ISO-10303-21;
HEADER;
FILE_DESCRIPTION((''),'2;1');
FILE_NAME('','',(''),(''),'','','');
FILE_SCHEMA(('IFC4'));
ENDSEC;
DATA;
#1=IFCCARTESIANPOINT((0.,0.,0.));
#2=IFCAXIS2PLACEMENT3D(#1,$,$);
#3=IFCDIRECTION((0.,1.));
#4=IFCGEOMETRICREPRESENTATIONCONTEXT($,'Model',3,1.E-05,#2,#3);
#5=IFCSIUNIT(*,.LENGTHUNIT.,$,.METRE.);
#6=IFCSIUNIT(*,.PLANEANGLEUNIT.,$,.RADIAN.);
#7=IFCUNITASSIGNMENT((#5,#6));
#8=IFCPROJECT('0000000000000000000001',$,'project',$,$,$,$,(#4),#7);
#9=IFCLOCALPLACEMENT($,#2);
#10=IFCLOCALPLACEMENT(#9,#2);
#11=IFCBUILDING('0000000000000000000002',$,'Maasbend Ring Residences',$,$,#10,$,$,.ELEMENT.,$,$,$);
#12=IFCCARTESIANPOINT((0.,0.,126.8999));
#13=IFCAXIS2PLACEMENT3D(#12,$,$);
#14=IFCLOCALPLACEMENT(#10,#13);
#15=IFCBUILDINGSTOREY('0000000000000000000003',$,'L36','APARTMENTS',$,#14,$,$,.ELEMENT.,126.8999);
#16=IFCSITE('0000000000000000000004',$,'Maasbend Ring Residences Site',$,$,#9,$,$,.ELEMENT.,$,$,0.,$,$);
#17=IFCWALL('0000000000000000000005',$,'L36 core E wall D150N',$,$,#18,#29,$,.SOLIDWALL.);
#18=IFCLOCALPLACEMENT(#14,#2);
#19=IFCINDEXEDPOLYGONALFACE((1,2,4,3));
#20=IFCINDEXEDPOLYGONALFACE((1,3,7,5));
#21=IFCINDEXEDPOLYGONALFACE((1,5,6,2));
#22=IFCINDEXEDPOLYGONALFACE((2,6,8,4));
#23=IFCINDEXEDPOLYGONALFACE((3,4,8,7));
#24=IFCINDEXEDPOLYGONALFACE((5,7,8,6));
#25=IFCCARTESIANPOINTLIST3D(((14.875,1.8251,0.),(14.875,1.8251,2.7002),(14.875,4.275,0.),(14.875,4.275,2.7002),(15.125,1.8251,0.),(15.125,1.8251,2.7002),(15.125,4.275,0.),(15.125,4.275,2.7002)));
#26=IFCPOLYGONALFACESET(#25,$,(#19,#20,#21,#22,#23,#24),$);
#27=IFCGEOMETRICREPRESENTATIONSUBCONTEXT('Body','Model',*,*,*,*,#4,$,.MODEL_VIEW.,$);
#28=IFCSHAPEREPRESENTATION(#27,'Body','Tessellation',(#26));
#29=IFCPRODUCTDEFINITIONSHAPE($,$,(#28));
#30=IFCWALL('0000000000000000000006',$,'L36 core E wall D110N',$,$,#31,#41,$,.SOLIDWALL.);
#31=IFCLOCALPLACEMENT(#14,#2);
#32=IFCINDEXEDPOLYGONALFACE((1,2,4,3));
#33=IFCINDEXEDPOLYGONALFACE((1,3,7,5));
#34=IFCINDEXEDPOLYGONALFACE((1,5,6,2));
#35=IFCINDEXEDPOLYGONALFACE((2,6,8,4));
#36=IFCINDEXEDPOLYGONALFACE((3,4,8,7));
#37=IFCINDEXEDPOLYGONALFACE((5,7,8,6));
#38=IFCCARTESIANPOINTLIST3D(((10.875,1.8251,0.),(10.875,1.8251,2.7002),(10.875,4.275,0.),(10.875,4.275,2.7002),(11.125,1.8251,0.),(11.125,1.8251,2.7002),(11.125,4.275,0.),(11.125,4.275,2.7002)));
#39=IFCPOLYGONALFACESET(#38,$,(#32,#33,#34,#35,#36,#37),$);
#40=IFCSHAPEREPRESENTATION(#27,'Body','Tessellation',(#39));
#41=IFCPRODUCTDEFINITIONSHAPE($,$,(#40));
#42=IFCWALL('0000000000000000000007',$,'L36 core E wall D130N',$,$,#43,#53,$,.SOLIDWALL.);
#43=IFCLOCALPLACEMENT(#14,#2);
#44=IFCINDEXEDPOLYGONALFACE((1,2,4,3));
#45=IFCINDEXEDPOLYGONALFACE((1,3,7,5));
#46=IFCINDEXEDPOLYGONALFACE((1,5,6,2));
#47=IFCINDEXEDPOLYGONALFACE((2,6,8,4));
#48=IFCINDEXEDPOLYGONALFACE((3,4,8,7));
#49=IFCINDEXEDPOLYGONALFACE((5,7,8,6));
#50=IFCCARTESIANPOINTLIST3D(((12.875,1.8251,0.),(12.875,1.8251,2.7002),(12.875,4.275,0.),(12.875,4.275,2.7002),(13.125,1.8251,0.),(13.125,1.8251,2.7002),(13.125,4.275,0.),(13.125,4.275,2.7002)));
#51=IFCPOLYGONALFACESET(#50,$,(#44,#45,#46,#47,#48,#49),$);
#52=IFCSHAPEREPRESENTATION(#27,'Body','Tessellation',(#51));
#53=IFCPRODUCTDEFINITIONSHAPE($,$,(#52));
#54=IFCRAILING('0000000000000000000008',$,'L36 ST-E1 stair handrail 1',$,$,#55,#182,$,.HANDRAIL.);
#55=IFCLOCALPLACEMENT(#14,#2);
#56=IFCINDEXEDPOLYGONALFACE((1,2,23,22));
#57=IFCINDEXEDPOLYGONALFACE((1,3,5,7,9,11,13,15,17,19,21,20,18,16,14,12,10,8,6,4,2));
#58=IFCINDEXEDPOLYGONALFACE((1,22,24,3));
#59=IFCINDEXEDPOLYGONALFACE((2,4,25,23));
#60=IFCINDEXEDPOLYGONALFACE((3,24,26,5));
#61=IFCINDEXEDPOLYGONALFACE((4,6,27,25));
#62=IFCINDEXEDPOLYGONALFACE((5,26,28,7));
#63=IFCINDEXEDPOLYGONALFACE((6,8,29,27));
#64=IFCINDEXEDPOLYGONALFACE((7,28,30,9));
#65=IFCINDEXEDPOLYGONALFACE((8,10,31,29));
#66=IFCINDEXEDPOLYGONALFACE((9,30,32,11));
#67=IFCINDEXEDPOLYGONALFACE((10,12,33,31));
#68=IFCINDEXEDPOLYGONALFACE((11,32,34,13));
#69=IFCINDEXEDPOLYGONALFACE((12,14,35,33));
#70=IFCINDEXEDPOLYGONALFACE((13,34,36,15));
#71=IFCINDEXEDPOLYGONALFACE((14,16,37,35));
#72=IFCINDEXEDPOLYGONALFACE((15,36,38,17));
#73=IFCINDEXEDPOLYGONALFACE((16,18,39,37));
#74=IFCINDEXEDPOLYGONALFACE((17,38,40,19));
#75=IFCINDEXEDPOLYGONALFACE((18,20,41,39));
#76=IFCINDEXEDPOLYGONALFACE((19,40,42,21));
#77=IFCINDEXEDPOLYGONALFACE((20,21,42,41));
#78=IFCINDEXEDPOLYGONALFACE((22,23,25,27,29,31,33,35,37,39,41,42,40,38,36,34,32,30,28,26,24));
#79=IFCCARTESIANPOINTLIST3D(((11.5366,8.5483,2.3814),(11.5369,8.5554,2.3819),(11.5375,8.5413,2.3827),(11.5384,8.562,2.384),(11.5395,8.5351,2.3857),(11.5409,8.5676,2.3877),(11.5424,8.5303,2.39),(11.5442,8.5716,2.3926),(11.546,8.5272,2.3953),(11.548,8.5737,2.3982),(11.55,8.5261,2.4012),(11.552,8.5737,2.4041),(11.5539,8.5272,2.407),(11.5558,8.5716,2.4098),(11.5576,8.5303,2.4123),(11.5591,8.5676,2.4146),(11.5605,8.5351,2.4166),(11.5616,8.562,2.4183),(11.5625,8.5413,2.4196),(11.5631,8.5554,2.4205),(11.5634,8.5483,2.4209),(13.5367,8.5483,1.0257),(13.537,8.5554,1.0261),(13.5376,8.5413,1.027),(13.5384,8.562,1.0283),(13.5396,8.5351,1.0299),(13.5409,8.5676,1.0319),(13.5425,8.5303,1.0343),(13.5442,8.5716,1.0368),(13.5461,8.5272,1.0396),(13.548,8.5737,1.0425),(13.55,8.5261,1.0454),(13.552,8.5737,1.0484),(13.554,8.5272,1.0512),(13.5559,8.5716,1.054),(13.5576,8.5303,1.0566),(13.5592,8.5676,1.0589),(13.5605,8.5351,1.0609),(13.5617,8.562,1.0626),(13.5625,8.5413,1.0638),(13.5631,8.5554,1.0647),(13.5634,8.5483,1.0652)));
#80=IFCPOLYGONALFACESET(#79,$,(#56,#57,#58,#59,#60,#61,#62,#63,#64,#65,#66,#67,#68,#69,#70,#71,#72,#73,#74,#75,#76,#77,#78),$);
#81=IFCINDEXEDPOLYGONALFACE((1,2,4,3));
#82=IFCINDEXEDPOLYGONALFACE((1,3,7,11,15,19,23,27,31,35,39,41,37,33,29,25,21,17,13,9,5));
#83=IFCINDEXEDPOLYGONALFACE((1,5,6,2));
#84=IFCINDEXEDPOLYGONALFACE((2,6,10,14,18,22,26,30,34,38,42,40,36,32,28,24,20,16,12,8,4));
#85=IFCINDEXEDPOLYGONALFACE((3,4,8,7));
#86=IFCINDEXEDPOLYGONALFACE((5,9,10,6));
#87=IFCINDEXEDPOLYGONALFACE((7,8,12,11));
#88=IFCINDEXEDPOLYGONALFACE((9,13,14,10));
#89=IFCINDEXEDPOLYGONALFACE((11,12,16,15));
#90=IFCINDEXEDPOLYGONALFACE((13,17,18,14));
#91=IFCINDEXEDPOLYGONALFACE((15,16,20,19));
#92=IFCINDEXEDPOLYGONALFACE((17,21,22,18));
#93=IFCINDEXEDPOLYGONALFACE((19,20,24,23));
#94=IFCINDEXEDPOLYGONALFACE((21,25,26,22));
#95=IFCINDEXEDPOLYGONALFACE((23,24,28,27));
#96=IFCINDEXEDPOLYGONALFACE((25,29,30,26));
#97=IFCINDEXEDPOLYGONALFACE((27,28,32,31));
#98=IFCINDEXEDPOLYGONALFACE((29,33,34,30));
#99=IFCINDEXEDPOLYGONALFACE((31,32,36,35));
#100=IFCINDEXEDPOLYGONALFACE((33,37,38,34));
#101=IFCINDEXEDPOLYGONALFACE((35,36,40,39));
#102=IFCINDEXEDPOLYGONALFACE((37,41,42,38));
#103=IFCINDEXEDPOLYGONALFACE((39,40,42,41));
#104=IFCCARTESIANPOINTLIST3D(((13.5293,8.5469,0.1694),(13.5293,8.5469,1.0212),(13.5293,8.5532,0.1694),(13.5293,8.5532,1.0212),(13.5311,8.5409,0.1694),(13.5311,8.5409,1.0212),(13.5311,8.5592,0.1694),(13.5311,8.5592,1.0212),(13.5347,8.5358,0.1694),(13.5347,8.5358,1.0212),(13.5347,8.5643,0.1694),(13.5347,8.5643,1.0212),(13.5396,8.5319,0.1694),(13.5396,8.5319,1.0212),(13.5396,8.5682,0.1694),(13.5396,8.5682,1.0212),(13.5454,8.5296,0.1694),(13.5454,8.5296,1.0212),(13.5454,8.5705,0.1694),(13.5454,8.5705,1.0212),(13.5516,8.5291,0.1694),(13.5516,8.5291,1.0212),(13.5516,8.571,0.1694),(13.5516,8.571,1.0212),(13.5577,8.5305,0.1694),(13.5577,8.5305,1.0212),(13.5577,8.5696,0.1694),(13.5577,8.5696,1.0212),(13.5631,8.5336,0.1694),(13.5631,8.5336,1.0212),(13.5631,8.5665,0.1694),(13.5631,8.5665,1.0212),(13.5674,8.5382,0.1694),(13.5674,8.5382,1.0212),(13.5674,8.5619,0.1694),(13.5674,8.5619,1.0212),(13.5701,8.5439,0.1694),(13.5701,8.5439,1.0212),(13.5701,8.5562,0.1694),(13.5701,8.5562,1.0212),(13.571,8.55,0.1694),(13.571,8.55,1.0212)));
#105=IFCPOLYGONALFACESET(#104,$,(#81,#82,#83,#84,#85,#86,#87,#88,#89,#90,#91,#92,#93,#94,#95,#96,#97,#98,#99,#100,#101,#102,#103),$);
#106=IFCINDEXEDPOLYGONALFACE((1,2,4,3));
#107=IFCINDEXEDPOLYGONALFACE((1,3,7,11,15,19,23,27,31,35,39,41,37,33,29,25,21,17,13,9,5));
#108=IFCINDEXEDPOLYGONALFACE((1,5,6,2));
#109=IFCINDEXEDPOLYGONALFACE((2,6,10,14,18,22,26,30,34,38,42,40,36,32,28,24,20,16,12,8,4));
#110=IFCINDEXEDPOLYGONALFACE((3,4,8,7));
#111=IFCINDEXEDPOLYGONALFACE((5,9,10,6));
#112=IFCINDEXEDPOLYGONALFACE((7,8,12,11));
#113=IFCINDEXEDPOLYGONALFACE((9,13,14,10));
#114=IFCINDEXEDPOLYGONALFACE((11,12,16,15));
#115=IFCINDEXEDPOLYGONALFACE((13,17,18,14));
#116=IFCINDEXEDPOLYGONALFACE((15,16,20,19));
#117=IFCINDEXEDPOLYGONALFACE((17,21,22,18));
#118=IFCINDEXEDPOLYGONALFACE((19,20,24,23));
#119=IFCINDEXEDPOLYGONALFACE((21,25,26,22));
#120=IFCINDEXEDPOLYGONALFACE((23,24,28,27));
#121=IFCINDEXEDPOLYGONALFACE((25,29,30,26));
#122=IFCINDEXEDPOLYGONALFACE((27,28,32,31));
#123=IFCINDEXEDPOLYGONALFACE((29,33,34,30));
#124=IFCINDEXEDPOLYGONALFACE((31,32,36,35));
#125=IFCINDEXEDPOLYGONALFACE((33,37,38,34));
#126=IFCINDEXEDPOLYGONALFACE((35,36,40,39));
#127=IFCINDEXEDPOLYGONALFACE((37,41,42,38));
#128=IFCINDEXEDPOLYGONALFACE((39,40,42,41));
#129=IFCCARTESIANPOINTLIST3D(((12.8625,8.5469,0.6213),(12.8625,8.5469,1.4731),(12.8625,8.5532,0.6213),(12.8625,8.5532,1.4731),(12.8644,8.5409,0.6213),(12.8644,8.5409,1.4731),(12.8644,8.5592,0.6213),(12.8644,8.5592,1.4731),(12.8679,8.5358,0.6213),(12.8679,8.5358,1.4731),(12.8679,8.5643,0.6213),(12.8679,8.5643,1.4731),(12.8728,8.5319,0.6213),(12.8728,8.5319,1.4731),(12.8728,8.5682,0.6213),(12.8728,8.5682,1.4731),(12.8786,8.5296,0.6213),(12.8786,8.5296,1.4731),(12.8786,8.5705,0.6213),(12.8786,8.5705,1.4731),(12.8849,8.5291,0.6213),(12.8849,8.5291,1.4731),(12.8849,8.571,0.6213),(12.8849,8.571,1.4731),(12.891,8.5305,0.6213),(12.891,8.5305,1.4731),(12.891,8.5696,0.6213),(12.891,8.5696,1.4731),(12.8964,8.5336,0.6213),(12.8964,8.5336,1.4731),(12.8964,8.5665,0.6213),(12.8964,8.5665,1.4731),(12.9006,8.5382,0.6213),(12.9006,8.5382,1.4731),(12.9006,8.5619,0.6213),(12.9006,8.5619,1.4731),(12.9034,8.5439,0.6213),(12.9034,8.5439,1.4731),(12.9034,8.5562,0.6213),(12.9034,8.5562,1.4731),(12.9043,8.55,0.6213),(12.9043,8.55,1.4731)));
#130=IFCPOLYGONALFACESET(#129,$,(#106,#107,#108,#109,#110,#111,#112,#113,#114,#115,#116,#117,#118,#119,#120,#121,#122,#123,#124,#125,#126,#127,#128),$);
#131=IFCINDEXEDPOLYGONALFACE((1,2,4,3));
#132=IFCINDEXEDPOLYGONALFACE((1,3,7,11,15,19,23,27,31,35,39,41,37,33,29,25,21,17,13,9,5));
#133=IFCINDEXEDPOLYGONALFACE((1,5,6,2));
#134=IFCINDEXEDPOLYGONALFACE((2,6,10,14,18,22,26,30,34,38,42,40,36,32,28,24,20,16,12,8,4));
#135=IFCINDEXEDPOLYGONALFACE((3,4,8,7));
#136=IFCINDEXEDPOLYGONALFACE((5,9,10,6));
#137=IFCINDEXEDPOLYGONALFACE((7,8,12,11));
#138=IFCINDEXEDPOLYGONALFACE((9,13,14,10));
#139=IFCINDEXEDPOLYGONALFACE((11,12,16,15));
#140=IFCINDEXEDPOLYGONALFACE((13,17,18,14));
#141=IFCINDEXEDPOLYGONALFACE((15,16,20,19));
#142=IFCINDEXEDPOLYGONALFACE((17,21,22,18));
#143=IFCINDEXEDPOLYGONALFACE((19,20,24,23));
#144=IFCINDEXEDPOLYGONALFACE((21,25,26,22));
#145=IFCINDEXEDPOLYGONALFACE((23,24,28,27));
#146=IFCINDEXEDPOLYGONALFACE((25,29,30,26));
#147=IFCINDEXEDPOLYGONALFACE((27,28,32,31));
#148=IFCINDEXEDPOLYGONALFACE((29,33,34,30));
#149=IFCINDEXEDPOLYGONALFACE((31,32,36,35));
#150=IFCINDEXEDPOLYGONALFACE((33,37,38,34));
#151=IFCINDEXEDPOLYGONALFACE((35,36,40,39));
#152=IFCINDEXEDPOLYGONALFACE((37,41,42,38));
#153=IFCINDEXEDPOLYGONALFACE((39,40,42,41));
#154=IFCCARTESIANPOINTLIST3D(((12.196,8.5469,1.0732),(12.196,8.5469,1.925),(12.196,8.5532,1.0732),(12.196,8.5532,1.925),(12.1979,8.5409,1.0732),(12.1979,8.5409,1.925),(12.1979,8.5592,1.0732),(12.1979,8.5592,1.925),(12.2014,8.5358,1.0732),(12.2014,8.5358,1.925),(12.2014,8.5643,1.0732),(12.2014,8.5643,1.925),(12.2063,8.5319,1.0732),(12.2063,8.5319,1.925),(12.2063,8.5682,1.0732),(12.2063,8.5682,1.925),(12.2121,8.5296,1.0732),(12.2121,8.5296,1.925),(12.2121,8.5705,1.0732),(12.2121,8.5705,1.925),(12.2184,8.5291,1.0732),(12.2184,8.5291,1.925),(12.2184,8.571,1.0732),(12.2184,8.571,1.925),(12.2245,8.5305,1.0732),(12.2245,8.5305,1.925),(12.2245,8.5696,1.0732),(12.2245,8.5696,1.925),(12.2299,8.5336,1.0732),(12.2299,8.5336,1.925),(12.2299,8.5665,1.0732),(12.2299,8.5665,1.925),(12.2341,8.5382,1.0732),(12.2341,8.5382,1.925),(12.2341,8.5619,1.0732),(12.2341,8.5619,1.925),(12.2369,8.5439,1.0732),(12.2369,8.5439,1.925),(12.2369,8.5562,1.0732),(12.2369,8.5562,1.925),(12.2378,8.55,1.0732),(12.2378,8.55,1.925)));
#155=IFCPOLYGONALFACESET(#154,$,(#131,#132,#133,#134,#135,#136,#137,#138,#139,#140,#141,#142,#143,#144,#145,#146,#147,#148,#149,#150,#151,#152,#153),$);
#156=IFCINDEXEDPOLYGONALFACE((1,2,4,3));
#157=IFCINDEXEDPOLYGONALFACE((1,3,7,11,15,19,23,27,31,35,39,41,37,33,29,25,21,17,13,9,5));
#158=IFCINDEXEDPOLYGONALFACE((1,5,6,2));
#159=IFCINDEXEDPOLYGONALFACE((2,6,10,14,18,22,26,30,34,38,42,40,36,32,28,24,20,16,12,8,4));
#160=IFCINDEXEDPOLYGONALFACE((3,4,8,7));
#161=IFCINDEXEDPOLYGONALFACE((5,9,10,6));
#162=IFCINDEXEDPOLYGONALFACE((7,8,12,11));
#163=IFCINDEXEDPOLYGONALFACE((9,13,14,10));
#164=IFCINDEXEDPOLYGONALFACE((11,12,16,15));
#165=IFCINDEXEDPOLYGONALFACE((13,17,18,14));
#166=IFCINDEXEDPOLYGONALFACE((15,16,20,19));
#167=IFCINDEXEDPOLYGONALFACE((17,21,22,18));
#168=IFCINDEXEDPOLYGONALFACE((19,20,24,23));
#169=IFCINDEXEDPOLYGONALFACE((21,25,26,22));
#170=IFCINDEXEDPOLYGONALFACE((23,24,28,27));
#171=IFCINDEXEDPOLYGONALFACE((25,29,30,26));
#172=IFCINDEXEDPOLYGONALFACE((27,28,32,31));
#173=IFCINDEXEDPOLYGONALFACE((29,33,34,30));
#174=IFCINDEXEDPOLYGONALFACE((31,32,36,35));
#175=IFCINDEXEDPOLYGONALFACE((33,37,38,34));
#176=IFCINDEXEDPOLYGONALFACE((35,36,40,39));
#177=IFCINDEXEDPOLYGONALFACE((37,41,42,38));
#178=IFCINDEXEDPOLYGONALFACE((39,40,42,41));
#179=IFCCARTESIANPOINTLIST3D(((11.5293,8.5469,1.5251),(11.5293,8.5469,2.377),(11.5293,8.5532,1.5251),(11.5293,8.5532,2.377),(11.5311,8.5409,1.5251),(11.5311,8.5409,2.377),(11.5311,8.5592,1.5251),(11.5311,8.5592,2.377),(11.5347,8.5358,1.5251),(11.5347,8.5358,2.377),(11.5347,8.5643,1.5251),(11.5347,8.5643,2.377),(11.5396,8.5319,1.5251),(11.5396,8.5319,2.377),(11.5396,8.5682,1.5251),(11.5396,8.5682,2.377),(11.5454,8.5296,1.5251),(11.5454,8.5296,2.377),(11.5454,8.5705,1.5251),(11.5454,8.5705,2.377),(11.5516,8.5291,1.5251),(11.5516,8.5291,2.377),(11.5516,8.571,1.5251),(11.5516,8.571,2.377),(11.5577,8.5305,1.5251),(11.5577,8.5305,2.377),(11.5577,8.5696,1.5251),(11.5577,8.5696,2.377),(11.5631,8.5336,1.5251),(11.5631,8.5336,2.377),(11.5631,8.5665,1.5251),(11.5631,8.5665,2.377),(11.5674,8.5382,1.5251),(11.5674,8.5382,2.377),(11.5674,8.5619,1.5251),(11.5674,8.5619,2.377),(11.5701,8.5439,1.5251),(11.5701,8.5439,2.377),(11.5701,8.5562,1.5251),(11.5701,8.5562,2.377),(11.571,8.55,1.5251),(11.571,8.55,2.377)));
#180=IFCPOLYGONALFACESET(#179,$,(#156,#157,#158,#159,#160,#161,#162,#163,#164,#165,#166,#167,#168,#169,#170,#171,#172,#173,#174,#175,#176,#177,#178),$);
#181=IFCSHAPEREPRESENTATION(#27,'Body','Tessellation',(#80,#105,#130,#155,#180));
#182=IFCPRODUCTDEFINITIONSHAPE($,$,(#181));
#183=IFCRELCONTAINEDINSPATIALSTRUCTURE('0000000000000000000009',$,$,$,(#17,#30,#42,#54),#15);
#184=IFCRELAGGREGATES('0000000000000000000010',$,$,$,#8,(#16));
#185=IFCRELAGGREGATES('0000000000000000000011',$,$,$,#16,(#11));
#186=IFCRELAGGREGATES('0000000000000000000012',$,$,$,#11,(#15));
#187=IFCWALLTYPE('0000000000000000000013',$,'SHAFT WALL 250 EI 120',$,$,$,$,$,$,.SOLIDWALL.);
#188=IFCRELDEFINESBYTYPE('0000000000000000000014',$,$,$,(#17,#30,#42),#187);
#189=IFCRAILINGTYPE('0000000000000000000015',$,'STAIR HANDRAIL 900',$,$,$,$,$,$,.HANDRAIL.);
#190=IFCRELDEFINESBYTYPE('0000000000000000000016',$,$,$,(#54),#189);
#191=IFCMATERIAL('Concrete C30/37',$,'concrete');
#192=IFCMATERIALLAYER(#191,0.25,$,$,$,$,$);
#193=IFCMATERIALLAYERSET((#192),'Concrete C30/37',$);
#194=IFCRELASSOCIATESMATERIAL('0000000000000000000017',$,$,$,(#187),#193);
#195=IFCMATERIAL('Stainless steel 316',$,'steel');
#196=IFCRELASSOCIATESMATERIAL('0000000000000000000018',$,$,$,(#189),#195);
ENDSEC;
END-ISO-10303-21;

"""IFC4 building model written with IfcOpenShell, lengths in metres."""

from ifc_helpers import new_model, si_unit, direction, frame, frame_2d, origin, origin_2d, place, context, subcontext, project, spatial, rectangle, circle, extrude, material, layer, layer_set, type_object, element, save


model = new_model("IFC4")

# Units and contexts
model_context = context("Model", 3, precision=1e-05, world=origin(), true_north=direction((0.0, 1.0)))
body_context = subcontext(model_context, "Body", "Model", "MODEL_VIEW")
ifc_project = project(units=[si_unit("LENGTHUNIT", "METRE"), si_unit("PLANEANGLEUNIT", "RADIAN")], contexts=[model_context])

# Site, building, storey
site_placement = place(None, origin())
site = spatial("IfcSite", under=ifc_project, at=site_placement, Name="Maasbend Ring Residences Site", CompositionType="ELEMENT", RefElevation=0.0)
building_placement = place(site_placement, origin())
building = spatial("IfcBuilding", under=site, at=building_placement, Name="Maasbend Ring Residences", CompositionType="ELEMENT")
storey_placement = place(building_placement, frame((0.0, 0.0, 126.8999)))
storey = spatial("IfcBuildingStorey", under=building, at=storey_placement, Name="L36", Description="APARTMENTS", CompositionType="ELEMENT", Elevation=126.8999)

# Walls
ifc_material_1 = material(Name="Concrete C30/37", Category="concrete")
ifc_layer_1 = layer(ifc_material_1, 0.25)
ifc_layer_set_1 = layer_set([ifc_layer_1], Name="Concrete C30/37")
wall_type_1 = type_object("IfcWallType", Name="SHAFT WALL 250 EI 120", PredefinedType="SOLIDWALL", material=ifc_layer_set_1)
for number, where, z_axis, x_axis, name in (
    (1, (15.0, 1.825, 0.0), (0.0, 0.0, 1.0), (0.0, 1.0, 0.0), "L36 core E wall D150N"),
    (2, (11.0, 1.825, 0.0), (0.0, 0.0, 1.0), (0.0, 1.0, 0.0), "L36 core E wall D110N"),
    (3, (13.0, 1.825, 0.0), (0.0, 0.0, 1.0), (0.0, 1.0, 0.0), "L36 core E wall D130N"),
):
    element("IfcWall", number, at=place(storey_placement, frame(where, z_axis=z_axis, x_axis=x_axis)), inside=storey, type_object=wall_type_1, Name=name, PredefinedType="SOLIDWALL", context=body_context, shape_type="SweptSolid", body=[
        extrude(rectangle(XDim=2.45, YDim=0.25, at=frame_2d((1.2251, 0.0))), origin(), (0.0, 0.0, 1.0), 2.7002),
    ])

# Railing
ifc_material_2 = material(Name="Stainless steel 316", Category="steel")
railing_type_1 = type_object("IfcRailingType", Name="STAIR HANDRAIL 900", PredefinedType="HANDRAIL", material=ifc_material_2)
railing_1_placement = place(storey_placement, frame((13.55, 8.55, 0.1694)))
element("IfcRailing", 4, at=railing_1_placement, inside=storey, type_object=railing_type_1, Name="L36 ST-E1 stair handrail 1", PredefinedType="HANDRAIL", context=body_context, shape_type="SweptSolid", body=[
    extrude(circle(Radius=0.0239, at=origin_2d()), frame((0.0, 0.0, 0.876), z_axis=(-0.827751, 0.0, 0.561096), x_axis=(0.0, -1.0, 0.0)), (0.0, 0.0, 1.0), 2.4163),
    extrude(circle(Radius=0.021, at=origin_2d()), origin(), (0.0, 0.0, 1.0), 0.8518),
    extrude(circle(Radius=0.021, at=origin_2d()), frame((-0.6667, 0.0, 0.4519)), (0.0, 0.0, 1.0), 0.8518),
    extrude(circle(Radius=0.021, at=origin_2d()), frame((-1.3333, 0.0, 0.9038)), (0.0, 0.0, 1.0), 0.8518),
    extrude(circle(Radius=0.021, at=origin_2d()), frame((-2.0, 0.0, 1.3557)), (0.0, 0.0, 1.0), 0.8518),
])

save(model, "model.ifc")
